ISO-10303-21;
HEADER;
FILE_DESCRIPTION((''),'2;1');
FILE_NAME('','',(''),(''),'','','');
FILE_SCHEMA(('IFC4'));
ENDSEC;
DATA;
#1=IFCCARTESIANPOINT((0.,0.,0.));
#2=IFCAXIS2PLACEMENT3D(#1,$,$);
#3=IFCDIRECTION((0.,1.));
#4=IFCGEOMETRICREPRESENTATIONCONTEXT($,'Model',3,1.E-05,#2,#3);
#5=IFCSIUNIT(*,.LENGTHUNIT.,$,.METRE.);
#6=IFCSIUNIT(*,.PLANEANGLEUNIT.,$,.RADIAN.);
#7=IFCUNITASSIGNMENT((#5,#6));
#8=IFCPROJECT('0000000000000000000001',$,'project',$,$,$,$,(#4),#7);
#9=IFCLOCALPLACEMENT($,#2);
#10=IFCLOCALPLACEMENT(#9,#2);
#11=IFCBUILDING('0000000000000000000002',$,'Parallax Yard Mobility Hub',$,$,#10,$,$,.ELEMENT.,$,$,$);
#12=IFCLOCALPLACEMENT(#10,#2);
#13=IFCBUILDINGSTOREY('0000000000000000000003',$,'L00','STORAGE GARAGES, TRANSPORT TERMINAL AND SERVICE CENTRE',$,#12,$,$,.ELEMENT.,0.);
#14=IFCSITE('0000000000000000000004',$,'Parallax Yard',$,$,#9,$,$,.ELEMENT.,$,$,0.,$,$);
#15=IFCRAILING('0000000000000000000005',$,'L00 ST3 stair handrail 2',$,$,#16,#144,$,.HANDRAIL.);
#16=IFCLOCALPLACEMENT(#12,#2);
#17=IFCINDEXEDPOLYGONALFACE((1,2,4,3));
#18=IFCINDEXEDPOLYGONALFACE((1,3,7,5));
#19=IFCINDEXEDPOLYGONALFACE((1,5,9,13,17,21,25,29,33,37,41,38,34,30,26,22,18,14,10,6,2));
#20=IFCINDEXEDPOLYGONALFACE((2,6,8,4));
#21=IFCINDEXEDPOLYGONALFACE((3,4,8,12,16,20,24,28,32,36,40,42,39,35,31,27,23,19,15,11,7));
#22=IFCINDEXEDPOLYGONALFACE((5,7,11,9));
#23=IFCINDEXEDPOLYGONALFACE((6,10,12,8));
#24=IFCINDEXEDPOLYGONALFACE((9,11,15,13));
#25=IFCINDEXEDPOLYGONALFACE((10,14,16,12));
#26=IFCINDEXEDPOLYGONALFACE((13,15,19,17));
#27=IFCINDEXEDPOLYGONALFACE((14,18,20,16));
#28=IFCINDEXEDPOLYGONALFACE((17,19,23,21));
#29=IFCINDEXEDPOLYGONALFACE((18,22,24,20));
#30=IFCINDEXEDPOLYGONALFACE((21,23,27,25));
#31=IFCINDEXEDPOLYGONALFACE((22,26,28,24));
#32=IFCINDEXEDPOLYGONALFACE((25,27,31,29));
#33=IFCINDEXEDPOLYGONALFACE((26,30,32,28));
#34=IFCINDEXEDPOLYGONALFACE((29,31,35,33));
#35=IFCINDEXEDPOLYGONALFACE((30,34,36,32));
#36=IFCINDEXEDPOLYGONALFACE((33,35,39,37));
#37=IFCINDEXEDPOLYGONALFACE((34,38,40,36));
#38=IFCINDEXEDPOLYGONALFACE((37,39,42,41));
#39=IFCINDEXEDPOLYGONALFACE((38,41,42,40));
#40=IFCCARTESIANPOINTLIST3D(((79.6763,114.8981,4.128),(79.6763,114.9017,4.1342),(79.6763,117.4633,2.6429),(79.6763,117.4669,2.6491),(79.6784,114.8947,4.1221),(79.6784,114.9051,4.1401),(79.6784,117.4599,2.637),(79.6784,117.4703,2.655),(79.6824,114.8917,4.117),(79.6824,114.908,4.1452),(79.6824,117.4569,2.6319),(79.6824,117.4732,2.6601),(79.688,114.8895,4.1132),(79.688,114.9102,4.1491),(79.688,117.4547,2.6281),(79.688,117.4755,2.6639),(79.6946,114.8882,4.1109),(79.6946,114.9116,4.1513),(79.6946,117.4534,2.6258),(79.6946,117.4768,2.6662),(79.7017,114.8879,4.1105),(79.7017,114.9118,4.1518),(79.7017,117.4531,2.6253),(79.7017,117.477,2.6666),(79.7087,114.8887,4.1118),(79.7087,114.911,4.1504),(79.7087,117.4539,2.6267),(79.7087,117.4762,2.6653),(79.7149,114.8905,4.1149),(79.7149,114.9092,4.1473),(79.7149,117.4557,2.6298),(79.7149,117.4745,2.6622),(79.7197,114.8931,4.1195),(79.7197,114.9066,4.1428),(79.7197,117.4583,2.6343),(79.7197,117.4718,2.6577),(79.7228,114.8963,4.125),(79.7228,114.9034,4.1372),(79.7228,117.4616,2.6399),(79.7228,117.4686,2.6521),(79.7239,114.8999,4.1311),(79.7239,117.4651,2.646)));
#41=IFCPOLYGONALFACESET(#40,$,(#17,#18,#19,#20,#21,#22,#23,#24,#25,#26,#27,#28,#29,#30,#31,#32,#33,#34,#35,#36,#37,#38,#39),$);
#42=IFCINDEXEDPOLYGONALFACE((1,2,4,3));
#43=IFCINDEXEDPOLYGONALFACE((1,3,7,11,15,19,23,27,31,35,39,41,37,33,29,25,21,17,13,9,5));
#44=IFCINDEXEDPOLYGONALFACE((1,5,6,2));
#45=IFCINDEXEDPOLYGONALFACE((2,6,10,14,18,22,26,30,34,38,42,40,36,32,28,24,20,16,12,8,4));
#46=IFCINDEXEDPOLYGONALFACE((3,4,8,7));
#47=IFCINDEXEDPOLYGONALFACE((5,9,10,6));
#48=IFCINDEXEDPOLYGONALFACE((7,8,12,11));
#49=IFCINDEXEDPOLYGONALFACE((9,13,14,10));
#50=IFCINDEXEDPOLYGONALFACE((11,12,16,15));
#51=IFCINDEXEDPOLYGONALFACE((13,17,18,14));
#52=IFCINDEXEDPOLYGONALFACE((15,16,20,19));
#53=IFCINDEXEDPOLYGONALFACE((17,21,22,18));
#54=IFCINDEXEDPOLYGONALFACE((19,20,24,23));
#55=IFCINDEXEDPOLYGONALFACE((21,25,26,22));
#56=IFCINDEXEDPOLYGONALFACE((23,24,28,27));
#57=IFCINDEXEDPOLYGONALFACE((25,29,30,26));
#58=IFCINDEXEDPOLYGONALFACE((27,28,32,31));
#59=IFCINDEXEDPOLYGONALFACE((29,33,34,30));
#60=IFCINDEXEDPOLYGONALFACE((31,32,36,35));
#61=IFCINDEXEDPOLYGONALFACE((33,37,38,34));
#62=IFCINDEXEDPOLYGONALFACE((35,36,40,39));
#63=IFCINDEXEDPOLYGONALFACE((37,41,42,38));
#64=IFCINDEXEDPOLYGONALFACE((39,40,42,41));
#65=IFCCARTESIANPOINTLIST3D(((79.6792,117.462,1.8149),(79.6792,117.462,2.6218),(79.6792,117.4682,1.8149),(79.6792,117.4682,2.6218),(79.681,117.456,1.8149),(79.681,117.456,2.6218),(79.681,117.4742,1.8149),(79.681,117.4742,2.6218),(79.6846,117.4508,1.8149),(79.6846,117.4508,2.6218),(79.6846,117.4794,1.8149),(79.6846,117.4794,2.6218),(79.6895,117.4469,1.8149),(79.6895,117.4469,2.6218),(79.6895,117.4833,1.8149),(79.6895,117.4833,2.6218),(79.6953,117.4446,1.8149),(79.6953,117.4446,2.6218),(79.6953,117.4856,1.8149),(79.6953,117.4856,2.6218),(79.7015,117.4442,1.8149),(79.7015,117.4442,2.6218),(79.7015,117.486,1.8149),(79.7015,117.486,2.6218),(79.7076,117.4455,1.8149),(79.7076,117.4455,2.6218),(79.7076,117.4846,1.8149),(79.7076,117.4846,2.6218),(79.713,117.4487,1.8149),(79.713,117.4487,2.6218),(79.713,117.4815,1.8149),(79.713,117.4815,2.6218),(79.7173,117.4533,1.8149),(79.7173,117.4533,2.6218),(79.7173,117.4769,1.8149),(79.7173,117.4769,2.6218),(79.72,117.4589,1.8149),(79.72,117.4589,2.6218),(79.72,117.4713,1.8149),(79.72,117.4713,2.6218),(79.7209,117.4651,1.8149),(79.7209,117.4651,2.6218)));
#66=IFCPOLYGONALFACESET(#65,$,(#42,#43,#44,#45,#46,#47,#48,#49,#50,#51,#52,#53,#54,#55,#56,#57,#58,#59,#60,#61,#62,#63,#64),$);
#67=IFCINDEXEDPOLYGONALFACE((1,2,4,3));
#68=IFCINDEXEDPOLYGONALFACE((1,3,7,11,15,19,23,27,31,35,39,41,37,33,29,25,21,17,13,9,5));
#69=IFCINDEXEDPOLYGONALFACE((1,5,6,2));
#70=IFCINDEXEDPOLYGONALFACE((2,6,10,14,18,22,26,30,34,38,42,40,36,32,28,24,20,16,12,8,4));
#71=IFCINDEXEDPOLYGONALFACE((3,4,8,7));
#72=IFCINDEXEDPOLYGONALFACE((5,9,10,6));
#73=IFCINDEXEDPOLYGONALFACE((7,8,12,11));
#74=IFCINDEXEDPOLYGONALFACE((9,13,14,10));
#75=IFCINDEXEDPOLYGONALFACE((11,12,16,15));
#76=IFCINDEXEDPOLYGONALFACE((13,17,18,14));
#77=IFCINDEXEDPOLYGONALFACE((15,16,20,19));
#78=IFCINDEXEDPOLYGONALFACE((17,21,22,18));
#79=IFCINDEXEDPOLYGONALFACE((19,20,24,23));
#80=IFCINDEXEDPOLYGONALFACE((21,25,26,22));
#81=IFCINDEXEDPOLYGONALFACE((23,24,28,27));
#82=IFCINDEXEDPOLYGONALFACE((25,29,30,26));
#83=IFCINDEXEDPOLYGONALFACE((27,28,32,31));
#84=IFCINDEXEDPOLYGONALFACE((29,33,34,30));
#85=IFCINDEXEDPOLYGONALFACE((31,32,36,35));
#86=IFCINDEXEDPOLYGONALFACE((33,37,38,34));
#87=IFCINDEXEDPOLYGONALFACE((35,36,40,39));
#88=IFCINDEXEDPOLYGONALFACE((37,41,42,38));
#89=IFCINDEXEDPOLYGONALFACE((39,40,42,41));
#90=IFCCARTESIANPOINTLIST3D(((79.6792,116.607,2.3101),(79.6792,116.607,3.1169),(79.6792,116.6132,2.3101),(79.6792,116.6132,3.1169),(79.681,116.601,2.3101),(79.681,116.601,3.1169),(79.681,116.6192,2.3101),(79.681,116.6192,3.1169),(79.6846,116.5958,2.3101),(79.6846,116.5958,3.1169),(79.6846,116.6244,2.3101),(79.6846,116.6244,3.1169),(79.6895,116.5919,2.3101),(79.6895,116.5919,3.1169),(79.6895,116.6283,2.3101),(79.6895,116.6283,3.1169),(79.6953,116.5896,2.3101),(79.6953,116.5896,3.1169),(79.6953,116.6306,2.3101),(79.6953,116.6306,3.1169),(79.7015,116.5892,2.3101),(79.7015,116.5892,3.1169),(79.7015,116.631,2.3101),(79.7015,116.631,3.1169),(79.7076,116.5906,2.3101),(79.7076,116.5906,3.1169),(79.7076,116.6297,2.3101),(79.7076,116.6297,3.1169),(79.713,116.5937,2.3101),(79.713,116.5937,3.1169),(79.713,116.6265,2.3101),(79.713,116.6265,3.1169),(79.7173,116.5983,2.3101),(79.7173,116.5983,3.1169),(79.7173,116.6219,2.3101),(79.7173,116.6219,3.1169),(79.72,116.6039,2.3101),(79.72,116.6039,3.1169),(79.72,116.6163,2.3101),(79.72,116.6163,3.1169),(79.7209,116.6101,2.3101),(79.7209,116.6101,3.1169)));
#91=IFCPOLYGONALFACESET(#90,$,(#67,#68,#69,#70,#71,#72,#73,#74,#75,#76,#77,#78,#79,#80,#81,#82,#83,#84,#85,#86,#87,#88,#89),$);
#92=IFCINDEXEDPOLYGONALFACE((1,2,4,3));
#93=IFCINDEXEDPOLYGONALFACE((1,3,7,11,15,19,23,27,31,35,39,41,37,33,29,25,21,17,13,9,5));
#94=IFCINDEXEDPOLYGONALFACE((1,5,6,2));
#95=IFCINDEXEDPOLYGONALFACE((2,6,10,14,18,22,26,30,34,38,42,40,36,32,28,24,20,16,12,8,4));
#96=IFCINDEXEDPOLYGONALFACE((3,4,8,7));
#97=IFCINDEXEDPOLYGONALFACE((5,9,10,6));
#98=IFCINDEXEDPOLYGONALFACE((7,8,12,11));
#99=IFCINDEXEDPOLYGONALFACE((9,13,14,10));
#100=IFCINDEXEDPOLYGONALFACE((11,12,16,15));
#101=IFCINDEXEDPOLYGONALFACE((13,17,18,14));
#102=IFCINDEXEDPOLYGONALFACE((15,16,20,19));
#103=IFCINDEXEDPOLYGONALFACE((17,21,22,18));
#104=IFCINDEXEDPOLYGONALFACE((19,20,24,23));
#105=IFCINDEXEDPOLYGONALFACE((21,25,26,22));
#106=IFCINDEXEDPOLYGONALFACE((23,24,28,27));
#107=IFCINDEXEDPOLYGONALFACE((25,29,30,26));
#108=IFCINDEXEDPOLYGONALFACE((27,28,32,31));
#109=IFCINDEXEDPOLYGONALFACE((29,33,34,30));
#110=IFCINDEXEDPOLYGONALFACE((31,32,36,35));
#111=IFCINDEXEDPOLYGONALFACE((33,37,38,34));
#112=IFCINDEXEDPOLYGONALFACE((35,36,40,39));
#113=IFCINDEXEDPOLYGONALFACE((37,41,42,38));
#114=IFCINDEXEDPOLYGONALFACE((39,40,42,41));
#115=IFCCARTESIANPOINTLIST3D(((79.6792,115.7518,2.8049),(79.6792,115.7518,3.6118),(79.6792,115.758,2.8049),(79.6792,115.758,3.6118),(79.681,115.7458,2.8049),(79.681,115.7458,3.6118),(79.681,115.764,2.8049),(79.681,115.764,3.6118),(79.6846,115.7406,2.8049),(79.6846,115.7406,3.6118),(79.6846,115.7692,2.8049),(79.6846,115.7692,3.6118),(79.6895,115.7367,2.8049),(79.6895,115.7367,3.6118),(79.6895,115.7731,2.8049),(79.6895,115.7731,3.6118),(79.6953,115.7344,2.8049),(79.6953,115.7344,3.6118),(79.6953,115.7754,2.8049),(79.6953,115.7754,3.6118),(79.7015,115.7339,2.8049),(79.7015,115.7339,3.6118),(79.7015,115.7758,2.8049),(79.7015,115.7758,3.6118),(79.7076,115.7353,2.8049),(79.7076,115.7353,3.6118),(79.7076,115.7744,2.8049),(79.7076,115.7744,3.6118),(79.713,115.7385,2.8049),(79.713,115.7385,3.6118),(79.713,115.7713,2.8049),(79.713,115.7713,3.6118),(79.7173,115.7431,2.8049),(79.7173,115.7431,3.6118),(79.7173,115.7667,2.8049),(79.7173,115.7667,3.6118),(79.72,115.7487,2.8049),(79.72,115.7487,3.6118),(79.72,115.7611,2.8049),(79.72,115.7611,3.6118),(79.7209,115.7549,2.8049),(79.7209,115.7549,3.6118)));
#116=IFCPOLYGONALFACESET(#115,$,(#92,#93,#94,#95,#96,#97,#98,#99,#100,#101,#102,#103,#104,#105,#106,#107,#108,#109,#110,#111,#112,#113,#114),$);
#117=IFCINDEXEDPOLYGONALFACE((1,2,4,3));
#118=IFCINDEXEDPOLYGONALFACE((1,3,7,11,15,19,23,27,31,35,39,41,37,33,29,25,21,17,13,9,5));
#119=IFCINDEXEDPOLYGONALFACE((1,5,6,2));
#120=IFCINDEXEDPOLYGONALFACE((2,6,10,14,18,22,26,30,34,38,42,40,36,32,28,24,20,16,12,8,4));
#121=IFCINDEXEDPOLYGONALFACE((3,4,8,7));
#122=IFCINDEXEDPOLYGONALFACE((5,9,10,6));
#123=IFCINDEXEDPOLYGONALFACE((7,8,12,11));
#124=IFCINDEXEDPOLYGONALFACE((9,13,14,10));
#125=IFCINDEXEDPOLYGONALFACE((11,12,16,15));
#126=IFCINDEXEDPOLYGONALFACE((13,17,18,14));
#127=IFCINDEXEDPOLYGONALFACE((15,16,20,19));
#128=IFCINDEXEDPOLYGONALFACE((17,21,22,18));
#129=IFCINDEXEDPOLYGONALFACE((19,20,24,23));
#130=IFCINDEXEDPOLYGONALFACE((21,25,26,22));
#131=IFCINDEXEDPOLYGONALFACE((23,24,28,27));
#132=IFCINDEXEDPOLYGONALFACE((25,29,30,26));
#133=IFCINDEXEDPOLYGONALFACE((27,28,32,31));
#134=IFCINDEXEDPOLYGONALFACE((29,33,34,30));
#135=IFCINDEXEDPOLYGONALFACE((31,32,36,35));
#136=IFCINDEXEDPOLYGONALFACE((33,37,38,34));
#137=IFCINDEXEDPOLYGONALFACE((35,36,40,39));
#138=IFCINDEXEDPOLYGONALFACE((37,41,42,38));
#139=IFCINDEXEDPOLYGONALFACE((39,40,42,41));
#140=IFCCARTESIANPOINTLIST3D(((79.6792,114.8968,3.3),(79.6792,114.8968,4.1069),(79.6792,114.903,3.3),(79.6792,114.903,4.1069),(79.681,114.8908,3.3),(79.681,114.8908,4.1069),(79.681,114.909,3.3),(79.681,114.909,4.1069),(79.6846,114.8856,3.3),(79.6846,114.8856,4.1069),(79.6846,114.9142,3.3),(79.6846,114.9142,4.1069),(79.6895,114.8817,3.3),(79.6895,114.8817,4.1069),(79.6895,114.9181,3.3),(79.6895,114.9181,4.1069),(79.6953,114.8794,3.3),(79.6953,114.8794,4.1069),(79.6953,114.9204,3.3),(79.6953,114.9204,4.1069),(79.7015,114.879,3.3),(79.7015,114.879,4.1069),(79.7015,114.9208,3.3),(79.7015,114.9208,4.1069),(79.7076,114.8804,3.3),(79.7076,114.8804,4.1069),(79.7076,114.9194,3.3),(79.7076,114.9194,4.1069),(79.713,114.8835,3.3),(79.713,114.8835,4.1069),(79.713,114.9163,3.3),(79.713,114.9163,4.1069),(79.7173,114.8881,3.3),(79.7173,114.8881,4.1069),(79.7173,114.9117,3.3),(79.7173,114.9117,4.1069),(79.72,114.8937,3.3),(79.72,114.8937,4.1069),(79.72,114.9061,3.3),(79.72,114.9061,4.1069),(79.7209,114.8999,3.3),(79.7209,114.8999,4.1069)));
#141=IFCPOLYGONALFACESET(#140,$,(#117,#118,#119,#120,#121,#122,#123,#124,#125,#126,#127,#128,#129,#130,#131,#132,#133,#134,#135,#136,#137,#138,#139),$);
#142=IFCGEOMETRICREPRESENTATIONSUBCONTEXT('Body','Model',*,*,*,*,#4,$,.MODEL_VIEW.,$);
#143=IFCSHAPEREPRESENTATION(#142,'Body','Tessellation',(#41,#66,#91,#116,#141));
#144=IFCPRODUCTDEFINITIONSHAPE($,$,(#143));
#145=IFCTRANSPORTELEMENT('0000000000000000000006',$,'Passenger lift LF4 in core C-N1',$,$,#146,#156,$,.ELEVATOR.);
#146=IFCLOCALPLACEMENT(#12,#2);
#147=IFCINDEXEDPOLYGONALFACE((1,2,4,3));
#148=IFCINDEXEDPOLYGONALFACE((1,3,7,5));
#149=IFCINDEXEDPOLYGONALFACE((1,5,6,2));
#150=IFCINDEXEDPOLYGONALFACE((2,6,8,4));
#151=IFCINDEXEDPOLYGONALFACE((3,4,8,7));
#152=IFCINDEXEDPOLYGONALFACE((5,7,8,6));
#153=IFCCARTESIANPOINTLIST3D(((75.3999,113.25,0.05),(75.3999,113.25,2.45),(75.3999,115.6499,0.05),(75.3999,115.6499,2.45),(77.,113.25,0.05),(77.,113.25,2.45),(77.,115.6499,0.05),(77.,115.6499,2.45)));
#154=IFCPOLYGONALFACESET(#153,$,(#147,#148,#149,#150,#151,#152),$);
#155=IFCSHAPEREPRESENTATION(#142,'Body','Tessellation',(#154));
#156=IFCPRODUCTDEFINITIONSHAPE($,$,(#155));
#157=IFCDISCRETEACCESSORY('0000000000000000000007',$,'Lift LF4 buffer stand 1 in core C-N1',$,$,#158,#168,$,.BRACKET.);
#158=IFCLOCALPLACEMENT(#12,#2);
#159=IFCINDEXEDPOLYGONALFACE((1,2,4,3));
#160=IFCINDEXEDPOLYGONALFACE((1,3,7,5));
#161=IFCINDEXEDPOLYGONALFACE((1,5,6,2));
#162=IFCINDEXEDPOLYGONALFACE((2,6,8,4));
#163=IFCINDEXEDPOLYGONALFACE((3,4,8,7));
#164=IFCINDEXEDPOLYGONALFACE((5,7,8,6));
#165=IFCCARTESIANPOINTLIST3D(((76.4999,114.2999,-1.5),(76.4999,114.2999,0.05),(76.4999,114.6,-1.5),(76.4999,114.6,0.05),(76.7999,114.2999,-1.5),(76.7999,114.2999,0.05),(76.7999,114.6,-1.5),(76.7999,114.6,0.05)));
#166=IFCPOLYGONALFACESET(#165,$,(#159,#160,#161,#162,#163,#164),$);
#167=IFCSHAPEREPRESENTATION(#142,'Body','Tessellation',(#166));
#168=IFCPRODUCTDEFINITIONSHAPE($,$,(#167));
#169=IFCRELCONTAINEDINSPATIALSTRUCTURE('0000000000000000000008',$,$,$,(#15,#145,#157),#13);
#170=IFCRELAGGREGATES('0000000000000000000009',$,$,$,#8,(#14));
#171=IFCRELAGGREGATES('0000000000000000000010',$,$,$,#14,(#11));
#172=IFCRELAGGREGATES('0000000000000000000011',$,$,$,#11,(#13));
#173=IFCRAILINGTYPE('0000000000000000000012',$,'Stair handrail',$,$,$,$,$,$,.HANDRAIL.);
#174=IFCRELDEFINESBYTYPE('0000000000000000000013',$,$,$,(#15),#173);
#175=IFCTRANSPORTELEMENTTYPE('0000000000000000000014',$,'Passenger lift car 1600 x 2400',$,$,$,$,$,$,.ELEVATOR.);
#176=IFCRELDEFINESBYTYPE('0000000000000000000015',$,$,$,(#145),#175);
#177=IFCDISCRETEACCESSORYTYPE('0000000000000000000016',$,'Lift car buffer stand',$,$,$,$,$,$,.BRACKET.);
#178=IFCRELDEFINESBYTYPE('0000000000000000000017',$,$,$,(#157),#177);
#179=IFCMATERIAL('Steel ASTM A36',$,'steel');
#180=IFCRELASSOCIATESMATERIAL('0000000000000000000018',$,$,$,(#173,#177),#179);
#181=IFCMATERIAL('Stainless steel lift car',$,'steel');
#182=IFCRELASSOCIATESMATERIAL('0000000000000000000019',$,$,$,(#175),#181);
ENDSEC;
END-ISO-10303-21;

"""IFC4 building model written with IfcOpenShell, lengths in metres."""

from ifc_helpers import new_model, si_unit, direction, frame, origin, origin_2d, place, context, subcontext, project, spatial, rectangle, circle, extrude, material, type_object, element, save


model = new_model("IFC4")

# Units and contexts
model_context = context("Model", 3, precision=1e-05, world=origin(), true_north=direction((0.0, 1.0)))
body_context = subcontext(model_context, "Body", "Model", "MODEL_VIEW")
ifc_project = project(units=[si_unit("LENGTHUNIT", "METRE"), si_unit("PLANEANGLEUNIT", "RADIAN")], contexts=[model_context])

# Site, building, storey
site_placement = place(None, origin())
site = spatial("IfcSite", under=ifc_project, at=site_placement, Name="Parallax Yard", CompositionType="ELEMENT", RefElevation=0.0)
building_placement = place(site_placement, origin())
building = spatial("IfcBuilding", under=site, at=building_placement, Name="Parallax Yard Mobility Hub", CompositionType="ELEMENT")
storey_placement = place(building_placement, origin())
storey = spatial("IfcBuildingStorey", under=building, at=storey_placement, Name="L00", Description="STORAGE GARAGES, TRANSPORT TERMINAL AND SERVICE CENTRE", CompositionType="ELEMENT", Elevation=0.0)

# Railing
ifc_material_1 = material(Name="Steel ASTM A36", Category="steel")
railing_type_1 = type_object("IfcRailingType", Name="Stair handrail", PredefinedType="HANDRAIL", material=ifc_material_1)
railing_1_placement = place(storey_placement, frame((79.7, 117.4651, 1.8149)))
element("IfcRailing", 1, at=railing_1_placement, inside=storey, type_object=railing_type_1, Name="L00 ST3 stair handrail 2", PredefinedType="HANDRAIL", context=body_context, shape_type="SweptSolid", body=[
    extrude(circle(Radius=0.0239, at=origin_2d()), frame((0.0, 0.0, 0.8311), z_axis=(0.0, -0.865426, 0.501036), x_axis=(1.0, 0.0, 0.0)), (0.0, 0.0, 1.0), 2.9641),
    extrude(circle(Radius=0.021, at=origin_2d()), origin(), (0.0, 0.0, 1.0), 0.8069),
    extrude(circle(Radius=0.021, at=origin_2d()), frame((0.0, -0.855, 0.4951)), (0.0, 0.0, 1.0), 0.8069),
    extrude(circle(Radius=0.021, at=origin_2d()), frame((0.0, -1.7102, 0.99)), (0.0, 0.0, 1.0), 0.8069),
    extrude(circle(Radius=0.021, at=origin_2d()), frame((0.0, -2.5652, 1.4851)), (0.0, 0.0, 1.0), 0.8069),
])

# Transport element
ifc_material_2 = material(Name="Stainless steel lift car", Category="steel")
transport_element_type = type_object("IfcTransportElementType", Name="Passenger lift car 1600 x 2400", PredefinedType="ELEVATOR", material=ifc_material_2)
transport_element_placement = place(storey_placement, frame((76.2, 114.45, 0.05), z_axis=(0.0, 0.0, 1.0), x_axis=(-1.0, 0.0, 0.0)))
element("IfcTransportElement", 2, at=transport_element_placement, inside=storey, type_object=transport_element_type, Name="Passenger lift LF4 in core C-N1", PredefinedType="ELEVATOR", context=body_context, shape_type="SweptSolid", body=[
    extrude(rectangle(XDim=1.6001, YDim=2.3999, at=origin_2d()), origin(), (0.0, 0.0, 1.0), 2.3999),
])

# Discrete accessory
discrete_accessory_type = type_object("IfcDiscreteAccessoryType", Name="Lift car buffer stand", PredefinedType="BRACKET", material=ifc_material_1)
discrete_accessory_placement = place(storey_placement, frame((76.6499, 114.45, -1.5), z_axis=(0.0, 0.0, 1.0), x_axis=(-1.0, 0.0, 0.0)))
element("IfcDiscreteAccessory", 3, at=discrete_accessory_placement, inside=storey, type_object=discrete_accessory_type, Name="Lift LF4 buffer stand 1 in core C-N1", PredefinedType="BRACKET", context=body_context, shape_type="SweptSolid", body=[
    extrude(rectangle(XDim=0.3, YDim=0.3, at=origin_2d()), origin(), (0.0, 0.0, 1.0), 1.55),
])

save(model, "model.ifc")
